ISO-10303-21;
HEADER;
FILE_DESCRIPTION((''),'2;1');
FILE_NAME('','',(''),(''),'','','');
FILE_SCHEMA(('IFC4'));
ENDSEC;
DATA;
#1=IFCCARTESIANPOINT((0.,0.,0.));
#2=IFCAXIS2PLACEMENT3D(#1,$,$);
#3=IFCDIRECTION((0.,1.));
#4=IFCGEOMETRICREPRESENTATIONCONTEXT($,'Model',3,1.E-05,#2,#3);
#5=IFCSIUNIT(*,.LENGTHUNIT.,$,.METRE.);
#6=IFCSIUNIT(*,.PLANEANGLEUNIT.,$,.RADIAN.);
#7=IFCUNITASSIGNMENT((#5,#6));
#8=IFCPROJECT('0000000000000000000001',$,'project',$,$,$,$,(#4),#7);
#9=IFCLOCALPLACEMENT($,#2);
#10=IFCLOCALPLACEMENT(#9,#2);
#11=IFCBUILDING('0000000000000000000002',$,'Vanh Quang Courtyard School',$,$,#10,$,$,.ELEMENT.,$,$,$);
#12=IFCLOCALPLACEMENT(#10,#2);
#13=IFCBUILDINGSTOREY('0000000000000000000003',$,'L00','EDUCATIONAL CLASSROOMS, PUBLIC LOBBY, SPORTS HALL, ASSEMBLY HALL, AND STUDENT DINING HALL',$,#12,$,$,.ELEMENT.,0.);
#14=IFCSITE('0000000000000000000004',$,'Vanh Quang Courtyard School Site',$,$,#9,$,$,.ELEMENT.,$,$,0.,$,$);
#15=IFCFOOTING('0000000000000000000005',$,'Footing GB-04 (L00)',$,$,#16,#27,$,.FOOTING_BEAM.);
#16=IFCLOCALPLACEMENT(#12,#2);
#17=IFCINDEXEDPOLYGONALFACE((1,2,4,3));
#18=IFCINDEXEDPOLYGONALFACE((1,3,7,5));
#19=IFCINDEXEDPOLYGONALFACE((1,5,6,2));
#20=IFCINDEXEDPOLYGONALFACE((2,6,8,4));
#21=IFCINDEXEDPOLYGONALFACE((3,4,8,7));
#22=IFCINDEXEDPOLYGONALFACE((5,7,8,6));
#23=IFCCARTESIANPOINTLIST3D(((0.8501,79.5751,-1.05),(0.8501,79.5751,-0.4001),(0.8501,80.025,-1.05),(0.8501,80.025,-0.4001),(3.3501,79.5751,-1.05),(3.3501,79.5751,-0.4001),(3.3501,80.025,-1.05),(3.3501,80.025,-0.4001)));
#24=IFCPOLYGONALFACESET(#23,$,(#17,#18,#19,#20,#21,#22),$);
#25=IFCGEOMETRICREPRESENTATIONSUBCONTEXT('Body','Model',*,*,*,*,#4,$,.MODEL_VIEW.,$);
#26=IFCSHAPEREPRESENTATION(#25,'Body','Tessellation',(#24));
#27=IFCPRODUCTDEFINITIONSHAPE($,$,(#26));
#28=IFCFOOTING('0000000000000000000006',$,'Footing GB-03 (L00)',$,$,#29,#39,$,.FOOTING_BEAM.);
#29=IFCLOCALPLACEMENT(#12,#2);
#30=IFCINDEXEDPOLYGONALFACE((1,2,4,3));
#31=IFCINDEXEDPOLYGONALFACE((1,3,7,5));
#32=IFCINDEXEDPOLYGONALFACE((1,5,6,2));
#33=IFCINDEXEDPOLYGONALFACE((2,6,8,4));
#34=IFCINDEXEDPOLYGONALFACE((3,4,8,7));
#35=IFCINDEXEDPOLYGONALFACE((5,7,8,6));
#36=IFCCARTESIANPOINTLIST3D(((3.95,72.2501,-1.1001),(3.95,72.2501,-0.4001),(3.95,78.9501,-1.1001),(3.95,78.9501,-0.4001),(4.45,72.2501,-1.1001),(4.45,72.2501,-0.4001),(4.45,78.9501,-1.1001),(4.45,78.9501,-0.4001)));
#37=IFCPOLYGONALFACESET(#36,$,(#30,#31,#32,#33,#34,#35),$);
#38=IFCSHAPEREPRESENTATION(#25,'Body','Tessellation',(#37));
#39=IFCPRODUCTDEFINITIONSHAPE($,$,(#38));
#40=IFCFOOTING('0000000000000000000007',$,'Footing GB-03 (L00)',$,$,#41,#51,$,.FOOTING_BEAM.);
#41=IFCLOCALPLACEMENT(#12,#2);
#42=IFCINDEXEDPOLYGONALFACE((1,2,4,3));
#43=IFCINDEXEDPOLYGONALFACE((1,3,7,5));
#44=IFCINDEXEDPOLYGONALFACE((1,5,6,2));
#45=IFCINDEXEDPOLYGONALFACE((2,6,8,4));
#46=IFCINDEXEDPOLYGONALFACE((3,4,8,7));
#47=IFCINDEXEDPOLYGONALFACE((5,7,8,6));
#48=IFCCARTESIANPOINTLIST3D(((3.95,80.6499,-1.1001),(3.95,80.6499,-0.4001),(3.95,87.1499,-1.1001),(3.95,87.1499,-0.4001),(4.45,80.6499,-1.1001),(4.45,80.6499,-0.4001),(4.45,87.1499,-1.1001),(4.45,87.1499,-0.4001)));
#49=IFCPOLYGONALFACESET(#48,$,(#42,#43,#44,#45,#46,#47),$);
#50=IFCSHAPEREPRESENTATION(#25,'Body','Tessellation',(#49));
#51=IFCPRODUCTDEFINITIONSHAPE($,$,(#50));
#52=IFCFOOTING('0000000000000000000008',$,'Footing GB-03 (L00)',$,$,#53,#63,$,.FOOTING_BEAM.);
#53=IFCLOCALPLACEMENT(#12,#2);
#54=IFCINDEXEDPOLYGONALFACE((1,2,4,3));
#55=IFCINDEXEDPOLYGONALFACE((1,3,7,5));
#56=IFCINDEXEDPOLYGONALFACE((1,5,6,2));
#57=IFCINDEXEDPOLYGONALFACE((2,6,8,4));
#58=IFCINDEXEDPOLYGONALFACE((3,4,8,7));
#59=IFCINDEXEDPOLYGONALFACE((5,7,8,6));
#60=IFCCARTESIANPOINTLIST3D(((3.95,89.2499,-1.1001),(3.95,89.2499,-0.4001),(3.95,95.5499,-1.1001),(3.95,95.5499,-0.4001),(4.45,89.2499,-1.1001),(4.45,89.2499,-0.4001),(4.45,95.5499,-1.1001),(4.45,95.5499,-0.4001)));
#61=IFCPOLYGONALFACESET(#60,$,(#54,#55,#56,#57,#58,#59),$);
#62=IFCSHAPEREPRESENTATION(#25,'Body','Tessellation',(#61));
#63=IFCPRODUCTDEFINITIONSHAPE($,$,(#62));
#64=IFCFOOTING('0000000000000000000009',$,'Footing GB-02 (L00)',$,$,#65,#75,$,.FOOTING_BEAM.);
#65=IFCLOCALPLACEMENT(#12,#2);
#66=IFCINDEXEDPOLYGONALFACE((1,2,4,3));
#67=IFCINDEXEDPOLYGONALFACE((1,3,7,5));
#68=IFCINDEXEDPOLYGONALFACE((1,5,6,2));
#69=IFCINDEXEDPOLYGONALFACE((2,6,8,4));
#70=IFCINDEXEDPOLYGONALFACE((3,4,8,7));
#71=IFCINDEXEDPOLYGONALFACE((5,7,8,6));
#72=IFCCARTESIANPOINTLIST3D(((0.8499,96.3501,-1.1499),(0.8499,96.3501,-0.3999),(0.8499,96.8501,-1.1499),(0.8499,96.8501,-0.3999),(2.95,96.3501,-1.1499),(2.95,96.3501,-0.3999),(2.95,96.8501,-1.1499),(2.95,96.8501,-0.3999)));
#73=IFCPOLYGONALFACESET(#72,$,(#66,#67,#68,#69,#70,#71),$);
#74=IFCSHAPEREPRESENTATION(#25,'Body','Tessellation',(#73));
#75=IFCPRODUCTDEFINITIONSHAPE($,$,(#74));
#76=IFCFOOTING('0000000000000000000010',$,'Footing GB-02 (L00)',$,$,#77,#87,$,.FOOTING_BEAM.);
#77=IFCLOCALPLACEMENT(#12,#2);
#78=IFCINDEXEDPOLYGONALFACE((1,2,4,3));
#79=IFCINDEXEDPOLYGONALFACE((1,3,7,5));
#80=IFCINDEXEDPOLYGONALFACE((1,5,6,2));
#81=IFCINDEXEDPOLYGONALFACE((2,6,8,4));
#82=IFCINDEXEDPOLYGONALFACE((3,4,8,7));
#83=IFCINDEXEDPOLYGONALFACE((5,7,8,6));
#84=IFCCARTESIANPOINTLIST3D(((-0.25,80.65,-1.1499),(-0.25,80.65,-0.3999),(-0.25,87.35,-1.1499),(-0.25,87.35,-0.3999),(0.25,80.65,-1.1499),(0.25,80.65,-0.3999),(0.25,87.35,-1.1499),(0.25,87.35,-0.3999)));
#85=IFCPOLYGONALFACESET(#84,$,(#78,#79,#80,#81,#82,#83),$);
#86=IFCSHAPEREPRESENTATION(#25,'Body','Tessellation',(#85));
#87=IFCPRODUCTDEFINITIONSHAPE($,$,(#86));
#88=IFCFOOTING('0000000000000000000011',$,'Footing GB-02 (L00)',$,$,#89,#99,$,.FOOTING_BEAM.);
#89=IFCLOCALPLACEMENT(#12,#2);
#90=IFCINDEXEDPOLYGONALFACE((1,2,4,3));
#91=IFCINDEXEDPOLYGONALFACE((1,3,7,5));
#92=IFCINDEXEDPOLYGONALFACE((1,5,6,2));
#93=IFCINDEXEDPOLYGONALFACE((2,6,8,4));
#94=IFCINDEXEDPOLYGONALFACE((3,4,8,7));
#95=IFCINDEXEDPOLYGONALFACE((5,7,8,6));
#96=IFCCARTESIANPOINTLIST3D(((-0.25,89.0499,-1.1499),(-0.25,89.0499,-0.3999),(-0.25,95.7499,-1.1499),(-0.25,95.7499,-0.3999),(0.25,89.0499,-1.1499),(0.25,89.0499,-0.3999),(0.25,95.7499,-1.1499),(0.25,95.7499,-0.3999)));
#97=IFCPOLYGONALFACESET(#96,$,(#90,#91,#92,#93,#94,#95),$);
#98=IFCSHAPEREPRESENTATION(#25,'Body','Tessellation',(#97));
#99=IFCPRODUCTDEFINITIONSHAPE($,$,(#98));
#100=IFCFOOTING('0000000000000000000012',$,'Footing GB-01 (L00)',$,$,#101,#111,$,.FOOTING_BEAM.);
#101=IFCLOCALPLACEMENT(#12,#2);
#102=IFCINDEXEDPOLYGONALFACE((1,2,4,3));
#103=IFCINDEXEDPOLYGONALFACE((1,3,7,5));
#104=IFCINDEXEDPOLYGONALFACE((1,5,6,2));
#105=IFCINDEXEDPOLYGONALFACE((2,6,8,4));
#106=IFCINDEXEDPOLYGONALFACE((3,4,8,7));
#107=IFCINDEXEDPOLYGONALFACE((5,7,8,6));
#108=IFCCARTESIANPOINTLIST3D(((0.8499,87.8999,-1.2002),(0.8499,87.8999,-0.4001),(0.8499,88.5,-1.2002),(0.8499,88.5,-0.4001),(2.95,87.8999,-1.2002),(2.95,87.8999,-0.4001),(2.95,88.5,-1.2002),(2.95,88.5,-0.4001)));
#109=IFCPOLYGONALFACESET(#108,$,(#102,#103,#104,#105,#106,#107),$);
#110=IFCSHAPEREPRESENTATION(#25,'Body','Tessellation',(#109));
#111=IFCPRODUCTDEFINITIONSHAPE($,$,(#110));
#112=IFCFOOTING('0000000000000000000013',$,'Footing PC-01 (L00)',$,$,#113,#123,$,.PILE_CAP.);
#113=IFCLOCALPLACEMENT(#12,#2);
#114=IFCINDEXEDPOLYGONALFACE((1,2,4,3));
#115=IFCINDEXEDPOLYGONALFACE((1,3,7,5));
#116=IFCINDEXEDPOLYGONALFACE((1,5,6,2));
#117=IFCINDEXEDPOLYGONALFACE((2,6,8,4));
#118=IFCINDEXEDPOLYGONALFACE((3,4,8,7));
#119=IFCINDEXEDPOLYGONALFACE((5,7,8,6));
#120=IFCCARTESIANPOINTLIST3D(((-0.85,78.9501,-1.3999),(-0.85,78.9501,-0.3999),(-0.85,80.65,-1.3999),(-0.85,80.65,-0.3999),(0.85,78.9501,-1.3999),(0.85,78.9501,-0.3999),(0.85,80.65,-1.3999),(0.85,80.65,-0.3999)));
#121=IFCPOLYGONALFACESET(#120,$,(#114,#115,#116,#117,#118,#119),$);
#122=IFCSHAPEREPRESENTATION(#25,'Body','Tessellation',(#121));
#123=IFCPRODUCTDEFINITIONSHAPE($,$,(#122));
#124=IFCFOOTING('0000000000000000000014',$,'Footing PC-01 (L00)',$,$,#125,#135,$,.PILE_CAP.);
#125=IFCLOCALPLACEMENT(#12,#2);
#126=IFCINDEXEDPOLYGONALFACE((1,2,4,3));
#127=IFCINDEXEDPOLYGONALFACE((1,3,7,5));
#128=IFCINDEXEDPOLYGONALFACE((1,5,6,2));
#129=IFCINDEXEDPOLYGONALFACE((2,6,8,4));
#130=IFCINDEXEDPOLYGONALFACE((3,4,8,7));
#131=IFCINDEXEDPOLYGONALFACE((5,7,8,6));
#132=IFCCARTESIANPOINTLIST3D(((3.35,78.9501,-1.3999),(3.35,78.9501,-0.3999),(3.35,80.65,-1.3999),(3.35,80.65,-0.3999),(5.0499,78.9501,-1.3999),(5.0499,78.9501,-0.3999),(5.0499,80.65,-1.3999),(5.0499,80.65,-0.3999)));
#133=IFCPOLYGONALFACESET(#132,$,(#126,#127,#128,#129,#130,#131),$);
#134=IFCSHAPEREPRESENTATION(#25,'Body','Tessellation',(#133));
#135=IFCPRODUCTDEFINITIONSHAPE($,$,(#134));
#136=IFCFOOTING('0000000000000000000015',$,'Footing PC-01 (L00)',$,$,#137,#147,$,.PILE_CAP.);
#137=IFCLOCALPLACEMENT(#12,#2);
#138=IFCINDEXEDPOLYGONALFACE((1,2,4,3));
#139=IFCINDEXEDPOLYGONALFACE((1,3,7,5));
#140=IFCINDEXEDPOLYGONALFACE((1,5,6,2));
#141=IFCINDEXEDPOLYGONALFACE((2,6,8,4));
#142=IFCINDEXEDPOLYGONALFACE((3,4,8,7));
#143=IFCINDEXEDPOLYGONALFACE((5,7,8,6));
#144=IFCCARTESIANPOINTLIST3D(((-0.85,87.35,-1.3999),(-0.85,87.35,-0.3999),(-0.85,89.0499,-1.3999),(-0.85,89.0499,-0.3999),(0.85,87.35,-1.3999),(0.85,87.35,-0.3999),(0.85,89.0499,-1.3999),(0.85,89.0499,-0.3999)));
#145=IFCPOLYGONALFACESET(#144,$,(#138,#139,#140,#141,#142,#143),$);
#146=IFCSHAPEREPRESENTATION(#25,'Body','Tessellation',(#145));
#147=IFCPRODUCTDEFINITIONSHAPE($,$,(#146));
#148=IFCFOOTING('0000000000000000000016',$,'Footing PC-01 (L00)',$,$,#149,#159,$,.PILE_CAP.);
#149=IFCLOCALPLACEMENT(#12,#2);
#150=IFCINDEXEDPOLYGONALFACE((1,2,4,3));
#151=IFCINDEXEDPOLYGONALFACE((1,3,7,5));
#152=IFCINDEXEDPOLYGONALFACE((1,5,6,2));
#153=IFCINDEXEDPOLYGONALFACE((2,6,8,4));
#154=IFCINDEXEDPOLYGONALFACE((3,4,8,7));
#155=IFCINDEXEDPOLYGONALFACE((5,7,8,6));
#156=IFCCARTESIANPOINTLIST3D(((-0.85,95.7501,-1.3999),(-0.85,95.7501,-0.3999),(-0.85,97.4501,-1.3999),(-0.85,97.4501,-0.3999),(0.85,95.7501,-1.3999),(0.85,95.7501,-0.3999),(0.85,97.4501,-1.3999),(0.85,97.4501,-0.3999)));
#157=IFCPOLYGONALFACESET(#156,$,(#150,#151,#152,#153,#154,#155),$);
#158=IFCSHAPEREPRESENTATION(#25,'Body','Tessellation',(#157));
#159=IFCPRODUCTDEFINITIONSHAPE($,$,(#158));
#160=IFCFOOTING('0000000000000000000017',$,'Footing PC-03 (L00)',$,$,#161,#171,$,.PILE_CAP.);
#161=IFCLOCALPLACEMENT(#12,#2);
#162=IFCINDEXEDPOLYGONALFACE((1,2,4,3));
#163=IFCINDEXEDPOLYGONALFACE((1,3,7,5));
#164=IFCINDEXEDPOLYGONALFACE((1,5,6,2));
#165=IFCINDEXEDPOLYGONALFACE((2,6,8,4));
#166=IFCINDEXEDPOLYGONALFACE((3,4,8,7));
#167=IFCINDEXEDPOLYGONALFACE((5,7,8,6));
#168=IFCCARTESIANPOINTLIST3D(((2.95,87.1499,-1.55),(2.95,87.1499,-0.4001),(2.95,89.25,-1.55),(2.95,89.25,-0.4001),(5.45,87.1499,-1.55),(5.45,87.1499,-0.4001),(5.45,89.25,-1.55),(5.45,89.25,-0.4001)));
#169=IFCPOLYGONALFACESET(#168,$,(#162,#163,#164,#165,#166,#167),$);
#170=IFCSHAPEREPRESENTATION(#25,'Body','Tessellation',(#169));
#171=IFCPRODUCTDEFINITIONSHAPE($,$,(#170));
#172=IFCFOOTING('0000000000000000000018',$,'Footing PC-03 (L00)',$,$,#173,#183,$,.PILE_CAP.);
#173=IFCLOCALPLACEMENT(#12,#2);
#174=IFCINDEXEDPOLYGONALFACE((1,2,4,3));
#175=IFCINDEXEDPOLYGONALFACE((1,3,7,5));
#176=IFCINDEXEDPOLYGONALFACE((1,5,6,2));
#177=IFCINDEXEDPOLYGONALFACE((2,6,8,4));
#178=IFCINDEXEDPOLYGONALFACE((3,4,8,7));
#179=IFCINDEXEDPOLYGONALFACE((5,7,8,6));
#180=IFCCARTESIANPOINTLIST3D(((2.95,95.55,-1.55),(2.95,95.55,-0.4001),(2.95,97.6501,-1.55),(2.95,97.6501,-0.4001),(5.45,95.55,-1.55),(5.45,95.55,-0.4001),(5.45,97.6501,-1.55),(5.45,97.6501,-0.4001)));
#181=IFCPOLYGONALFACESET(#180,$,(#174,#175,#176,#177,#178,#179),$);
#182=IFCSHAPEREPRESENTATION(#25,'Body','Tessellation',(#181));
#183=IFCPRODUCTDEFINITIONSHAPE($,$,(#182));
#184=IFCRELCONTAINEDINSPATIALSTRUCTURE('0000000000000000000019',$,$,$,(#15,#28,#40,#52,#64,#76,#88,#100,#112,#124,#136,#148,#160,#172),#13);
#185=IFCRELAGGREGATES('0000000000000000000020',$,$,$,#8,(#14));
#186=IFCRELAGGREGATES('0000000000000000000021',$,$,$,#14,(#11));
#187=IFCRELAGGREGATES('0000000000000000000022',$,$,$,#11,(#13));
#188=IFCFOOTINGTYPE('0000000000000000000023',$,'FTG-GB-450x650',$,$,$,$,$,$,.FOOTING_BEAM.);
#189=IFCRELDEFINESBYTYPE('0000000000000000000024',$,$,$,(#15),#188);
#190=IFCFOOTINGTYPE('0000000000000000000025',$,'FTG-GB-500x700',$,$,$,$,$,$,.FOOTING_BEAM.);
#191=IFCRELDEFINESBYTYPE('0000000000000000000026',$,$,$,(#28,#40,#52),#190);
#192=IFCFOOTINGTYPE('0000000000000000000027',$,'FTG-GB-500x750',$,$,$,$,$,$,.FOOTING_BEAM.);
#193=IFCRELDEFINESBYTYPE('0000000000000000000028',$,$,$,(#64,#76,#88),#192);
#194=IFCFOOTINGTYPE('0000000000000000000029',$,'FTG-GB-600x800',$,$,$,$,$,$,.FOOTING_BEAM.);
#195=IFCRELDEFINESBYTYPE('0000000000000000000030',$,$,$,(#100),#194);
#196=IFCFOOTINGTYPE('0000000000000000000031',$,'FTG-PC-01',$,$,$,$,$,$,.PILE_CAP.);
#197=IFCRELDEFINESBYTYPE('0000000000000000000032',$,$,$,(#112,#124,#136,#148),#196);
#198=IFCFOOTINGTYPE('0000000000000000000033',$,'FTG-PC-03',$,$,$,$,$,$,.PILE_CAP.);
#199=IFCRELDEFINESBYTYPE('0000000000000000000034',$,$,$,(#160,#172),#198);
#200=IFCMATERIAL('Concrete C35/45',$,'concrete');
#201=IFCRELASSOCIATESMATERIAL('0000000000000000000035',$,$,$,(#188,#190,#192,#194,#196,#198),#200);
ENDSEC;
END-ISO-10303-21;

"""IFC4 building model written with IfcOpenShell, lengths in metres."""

from ifc_helpers import new_model, si_unit, direction, frame, origin, origin_2d, place, context, subcontext, project, spatial, rectangle, extrude, material, type_object, element, save


model = new_model("IFC4")

# Units and contexts
model_context = context("Model", 3, precision=1e-05, world=origin(), true_north=direction((0.0, 1.0)))
body_context = subcontext(model_context, "Body", "Model", "MODEL_VIEW")
ifc_project = project(units=[si_unit("LENGTHUNIT", "METRE"), si_unit("PLANEANGLEUNIT", "RADIAN")], contexts=[model_context])

# Site, building, storey
site_placement = place(None, origin())
site = spatial("IfcSite", under=ifc_project, at=site_placement, Name="Vanh Quang Courtyard School Site", CompositionType="ELEMENT", RefElevation=0.0)
building_placement = place(site_placement, origin())
building = spatial("IfcBuilding", under=site, at=building_placement, Name="Vanh Quang Courtyard School", CompositionType="ELEMENT")
storey_placement = place(building_placement, origin())
storey = spatial("IfcBuildingStorey", under=building, at=storey_placement, Name="L00", Description="EDUCATIONAL CLASSROOMS, PUBLIC LOBBY, SPORTS HALL, ASSEMBLY HALL, AND STUDENT DINING HALL", CompositionType="ELEMENT", Elevation=0.0)

# Footings
ifc_material_1 = material(Name="Concrete C35/45", Category="concrete")
footing_type_1 = type_object("IfcFootingType", Name="FTG-GB-450x650", PredefinedType="FOOTING_BEAM", material=ifc_material_1)
footing_1_placement = place(storey_placement, frame((2.1001, 79.8, -1.05), z_axis=(0.0, 0.0, 1.0), x_axis=(1.0, 0.0, 0.0)))
element("IfcFooting", 1, at=footing_1_placement, inside=storey, type_object=footing_type_1, Name="Footing GB-04 (L00)", PredefinedType="FOOTING_BEAM", context=body_context, shape_type="SweptSolid", body=[
    extrude(rectangle(XDim=2.5, YDim=0.45, at=origin_2d()), origin(), (0.0, 0.0, 1.0), 0.6499),
])
footing_type_2 = type_object("IfcFootingType", Name="FTG-GB-500x700", PredefinedType="FOOTING_BEAM", material=ifc_material_1)
footing_2_placement = place(storey_placement, frame((4.2, 75.6001, -1.1001), z_axis=(0.0, 0.0, 1.0), x_axis=(0.0, 1.0, 0.0)))
element("IfcFooting", 2, at=footing_2_placement, inside=storey, type_object=footing_type_2, Name="Footing GB-03 (L00)", PredefinedType="FOOTING_BEAM", context=body_context, shape_type="SweptSolid", body=[
    extrude(rectangle(XDim=6.7, YDim=0.5, at=origin_2d()), origin(), (0.0, 0.0, 1.0), 0.7),
])
footing_3_placement = place(storey_placement, frame((4.2, 83.8999, -1.1001), z_axis=(0.0, 0.0, 1.0), x_axis=(0.0, 1.0, 0.0)))
element("IfcFooting", 3, at=footing_3_placement, inside=storey, type_object=footing_type_2, Name="Footing GB-03 (L00)", PredefinedType="FOOTING_BEAM", context=body_context, shape_type="SweptSolid", body=[
    extrude(rectangle(XDim=6.5, YDim=0.5, at=origin_2d()), origin(), (0.0, 0.0, 1.0), 0.7),
])
footing_4_placement = place(storey_placement, frame((4.2, 92.3999, -1.1001), z_axis=(0.0, 0.0, 1.0), x_axis=(0.0, 1.0, 0.0)))
element("IfcFooting", 4, at=footing_4_placement, inside=storey, type_object=footing_type_2, Name="Footing GB-03 (L00)", PredefinedType="FOOTING_BEAM", context=body_context, shape_type="SweptSolid", body=[
    extrude(rectangle(XDim=6.3, YDim=0.5, at=origin_2d()), origin(), (0.0, 0.0, 1.0), 0.7),
])
footing_type_3 = type_object("IfcFootingType", Name="FTG-GB-500x750", PredefinedType="FOOTING_BEAM", material=ifc_material_1)
footing_5_placement = place(storey_placement, frame((1.8999, 96.6001, -1.1499), z_axis=(0.0, 0.0, 1.0), x_axis=(1.0, 0.0, 0.0)))
element("IfcFooting", 5, at=footing_5_placement, inside=storey, type_object=footing_type_3, Name="Footing GB-02 (L00)", PredefinedType="FOOTING_BEAM", context=body_context, shape_type="SweptSolid", body=[
    extrude(rectangle(XDim=2.1001, YDim=0.5, at=origin_2d()), origin(), (0.0, 0.0, 1.0), 0.75),
])
for number, where, z_axis, x_axis, name in (
    (6, (0.0, 84.0, -1.1499), (0.0, 0.0, 1.0), (0.0, 1.0, 0.0), "Footing GB-02 (L00)"),
    (7, (0.0, 92.3999, -1.1499), (0.0, 0.0, 1.0), (0.0, 1.0, 0.0), "Footing GB-02 (L00)"),
):
    element("IfcFooting", number, at=place(storey_placement, frame(where, z_axis=z_axis, x_axis=x_axis)), inside=storey, type_object=footing_type_3, Name=name, PredefinedType="FOOTING_BEAM", context=body_context, shape_type="SweptSolid", body=[
        extrude(rectangle(XDim=6.7, YDim=0.5, at=origin_2d()), origin(), (0.0, 0.0, 1.0), 0.75),
    ])
footing_type_4 = type_object("IfcFootingType", Name="FTG-GB-600x800", PredefinedType="FOOTING_BEAM", material=ifc_material_1)
footing_6_placement = place(storey_placement, frame((1.8999, 88.2, -1.2002), z_axis=(0.0, 0.0, 1.0), x_axis=(1.0, 0.0, 0.0)))
element("IfcFooting", 8, at=footing_6_placement, inside=storey, type_object=footing_type_4, Name="Footing GB-01 (L00)", PredefinedType="FOOTING_BEAM", context=body_context, shape_type="SweptSolid", body=[
    extrude(rectangle(XDim=2.1001, YDim=0.6001, at=origin_2d()), origin(), (0.0, 0.0, 1.0), 0.8),
])
footing_type_5 = type_object("IfcFootingType", Name="FTG-PC-01", PredefinedType="PILE_CAP", material=ifc_material_1)
for number, where, z_axis, x_axis, name in (
    (9, (0.0, 79.8, -1.3999), (0.0, 0.0, 1.0), (1.0, 0.0, 0.0), "Footing PC-01 (L00)"),
    (10, (4.2, 79.8, -1.3999), (0.0, 0.0, 1.0), (1.0, 0.0, 0.0), "Footing PC-01 (L00)"),
    (11, (0.0, 88.2, -1.3999), (0.0, 0.0, 1.0), (1.0, 0.0, 0.0), "Footing PC-01 (L00)"),
    (12, (0.0, 96.6001, -1.3999), (0.0, 0.0, 1.0), (1.0, 0.0, 0.0), "Footing PC-01 (L00)"),
):
    element("IfcFooting", number, at=place(storey_placement, frame(where, z_axis=z_axis, x_axis=x_axis)), inside=storey, type_object=footing_type_5, Name=name, PredefinedType="PILE_CAP", context=body_context, shape_type="SweptSolid", body=[
        extrude(rectangle(XDim=1.7, YDim=1.7, at=origin_2d()), origin(), (0.0, 0.0, 1.0), 1.0),
    ])
footing_type_6 = type_object("IfcFootingType", Name="FTG-PC-03", PredefinedType="PILE_CAP", material=ifc_material_1)
for number, where, z_axis, x_axis, name in (
    (13, (4.2, 88.2, -1.55), (0.0, 0.0, 1.0), (1.0, 0.0, 0.0), "Footing PC-03 (L00)"),
    (14, (4.2, 96.6001, -1.55), (0.0, 0.0, 1.0), (1.0, 0.0, 0.0), "Footing PC-03 (L00)"),
):
    element("IfcFooting", number, at=place(storey_placement, frame(where, z_axis=z_axis, x_axis=x_axis)), inside=storey, type_object=footing_type_6, Name=name, PredefinedType="PILE_CAP", context=body_context, shape_type="SweptSolid", body=[
        extrude(rectangle(XDim=2.5, YDim=2.1001, at=origin_2d()), origin(), (0.0, 0.0, 1.0), 1.1499),
    ])

save(model, "model.ifc")
